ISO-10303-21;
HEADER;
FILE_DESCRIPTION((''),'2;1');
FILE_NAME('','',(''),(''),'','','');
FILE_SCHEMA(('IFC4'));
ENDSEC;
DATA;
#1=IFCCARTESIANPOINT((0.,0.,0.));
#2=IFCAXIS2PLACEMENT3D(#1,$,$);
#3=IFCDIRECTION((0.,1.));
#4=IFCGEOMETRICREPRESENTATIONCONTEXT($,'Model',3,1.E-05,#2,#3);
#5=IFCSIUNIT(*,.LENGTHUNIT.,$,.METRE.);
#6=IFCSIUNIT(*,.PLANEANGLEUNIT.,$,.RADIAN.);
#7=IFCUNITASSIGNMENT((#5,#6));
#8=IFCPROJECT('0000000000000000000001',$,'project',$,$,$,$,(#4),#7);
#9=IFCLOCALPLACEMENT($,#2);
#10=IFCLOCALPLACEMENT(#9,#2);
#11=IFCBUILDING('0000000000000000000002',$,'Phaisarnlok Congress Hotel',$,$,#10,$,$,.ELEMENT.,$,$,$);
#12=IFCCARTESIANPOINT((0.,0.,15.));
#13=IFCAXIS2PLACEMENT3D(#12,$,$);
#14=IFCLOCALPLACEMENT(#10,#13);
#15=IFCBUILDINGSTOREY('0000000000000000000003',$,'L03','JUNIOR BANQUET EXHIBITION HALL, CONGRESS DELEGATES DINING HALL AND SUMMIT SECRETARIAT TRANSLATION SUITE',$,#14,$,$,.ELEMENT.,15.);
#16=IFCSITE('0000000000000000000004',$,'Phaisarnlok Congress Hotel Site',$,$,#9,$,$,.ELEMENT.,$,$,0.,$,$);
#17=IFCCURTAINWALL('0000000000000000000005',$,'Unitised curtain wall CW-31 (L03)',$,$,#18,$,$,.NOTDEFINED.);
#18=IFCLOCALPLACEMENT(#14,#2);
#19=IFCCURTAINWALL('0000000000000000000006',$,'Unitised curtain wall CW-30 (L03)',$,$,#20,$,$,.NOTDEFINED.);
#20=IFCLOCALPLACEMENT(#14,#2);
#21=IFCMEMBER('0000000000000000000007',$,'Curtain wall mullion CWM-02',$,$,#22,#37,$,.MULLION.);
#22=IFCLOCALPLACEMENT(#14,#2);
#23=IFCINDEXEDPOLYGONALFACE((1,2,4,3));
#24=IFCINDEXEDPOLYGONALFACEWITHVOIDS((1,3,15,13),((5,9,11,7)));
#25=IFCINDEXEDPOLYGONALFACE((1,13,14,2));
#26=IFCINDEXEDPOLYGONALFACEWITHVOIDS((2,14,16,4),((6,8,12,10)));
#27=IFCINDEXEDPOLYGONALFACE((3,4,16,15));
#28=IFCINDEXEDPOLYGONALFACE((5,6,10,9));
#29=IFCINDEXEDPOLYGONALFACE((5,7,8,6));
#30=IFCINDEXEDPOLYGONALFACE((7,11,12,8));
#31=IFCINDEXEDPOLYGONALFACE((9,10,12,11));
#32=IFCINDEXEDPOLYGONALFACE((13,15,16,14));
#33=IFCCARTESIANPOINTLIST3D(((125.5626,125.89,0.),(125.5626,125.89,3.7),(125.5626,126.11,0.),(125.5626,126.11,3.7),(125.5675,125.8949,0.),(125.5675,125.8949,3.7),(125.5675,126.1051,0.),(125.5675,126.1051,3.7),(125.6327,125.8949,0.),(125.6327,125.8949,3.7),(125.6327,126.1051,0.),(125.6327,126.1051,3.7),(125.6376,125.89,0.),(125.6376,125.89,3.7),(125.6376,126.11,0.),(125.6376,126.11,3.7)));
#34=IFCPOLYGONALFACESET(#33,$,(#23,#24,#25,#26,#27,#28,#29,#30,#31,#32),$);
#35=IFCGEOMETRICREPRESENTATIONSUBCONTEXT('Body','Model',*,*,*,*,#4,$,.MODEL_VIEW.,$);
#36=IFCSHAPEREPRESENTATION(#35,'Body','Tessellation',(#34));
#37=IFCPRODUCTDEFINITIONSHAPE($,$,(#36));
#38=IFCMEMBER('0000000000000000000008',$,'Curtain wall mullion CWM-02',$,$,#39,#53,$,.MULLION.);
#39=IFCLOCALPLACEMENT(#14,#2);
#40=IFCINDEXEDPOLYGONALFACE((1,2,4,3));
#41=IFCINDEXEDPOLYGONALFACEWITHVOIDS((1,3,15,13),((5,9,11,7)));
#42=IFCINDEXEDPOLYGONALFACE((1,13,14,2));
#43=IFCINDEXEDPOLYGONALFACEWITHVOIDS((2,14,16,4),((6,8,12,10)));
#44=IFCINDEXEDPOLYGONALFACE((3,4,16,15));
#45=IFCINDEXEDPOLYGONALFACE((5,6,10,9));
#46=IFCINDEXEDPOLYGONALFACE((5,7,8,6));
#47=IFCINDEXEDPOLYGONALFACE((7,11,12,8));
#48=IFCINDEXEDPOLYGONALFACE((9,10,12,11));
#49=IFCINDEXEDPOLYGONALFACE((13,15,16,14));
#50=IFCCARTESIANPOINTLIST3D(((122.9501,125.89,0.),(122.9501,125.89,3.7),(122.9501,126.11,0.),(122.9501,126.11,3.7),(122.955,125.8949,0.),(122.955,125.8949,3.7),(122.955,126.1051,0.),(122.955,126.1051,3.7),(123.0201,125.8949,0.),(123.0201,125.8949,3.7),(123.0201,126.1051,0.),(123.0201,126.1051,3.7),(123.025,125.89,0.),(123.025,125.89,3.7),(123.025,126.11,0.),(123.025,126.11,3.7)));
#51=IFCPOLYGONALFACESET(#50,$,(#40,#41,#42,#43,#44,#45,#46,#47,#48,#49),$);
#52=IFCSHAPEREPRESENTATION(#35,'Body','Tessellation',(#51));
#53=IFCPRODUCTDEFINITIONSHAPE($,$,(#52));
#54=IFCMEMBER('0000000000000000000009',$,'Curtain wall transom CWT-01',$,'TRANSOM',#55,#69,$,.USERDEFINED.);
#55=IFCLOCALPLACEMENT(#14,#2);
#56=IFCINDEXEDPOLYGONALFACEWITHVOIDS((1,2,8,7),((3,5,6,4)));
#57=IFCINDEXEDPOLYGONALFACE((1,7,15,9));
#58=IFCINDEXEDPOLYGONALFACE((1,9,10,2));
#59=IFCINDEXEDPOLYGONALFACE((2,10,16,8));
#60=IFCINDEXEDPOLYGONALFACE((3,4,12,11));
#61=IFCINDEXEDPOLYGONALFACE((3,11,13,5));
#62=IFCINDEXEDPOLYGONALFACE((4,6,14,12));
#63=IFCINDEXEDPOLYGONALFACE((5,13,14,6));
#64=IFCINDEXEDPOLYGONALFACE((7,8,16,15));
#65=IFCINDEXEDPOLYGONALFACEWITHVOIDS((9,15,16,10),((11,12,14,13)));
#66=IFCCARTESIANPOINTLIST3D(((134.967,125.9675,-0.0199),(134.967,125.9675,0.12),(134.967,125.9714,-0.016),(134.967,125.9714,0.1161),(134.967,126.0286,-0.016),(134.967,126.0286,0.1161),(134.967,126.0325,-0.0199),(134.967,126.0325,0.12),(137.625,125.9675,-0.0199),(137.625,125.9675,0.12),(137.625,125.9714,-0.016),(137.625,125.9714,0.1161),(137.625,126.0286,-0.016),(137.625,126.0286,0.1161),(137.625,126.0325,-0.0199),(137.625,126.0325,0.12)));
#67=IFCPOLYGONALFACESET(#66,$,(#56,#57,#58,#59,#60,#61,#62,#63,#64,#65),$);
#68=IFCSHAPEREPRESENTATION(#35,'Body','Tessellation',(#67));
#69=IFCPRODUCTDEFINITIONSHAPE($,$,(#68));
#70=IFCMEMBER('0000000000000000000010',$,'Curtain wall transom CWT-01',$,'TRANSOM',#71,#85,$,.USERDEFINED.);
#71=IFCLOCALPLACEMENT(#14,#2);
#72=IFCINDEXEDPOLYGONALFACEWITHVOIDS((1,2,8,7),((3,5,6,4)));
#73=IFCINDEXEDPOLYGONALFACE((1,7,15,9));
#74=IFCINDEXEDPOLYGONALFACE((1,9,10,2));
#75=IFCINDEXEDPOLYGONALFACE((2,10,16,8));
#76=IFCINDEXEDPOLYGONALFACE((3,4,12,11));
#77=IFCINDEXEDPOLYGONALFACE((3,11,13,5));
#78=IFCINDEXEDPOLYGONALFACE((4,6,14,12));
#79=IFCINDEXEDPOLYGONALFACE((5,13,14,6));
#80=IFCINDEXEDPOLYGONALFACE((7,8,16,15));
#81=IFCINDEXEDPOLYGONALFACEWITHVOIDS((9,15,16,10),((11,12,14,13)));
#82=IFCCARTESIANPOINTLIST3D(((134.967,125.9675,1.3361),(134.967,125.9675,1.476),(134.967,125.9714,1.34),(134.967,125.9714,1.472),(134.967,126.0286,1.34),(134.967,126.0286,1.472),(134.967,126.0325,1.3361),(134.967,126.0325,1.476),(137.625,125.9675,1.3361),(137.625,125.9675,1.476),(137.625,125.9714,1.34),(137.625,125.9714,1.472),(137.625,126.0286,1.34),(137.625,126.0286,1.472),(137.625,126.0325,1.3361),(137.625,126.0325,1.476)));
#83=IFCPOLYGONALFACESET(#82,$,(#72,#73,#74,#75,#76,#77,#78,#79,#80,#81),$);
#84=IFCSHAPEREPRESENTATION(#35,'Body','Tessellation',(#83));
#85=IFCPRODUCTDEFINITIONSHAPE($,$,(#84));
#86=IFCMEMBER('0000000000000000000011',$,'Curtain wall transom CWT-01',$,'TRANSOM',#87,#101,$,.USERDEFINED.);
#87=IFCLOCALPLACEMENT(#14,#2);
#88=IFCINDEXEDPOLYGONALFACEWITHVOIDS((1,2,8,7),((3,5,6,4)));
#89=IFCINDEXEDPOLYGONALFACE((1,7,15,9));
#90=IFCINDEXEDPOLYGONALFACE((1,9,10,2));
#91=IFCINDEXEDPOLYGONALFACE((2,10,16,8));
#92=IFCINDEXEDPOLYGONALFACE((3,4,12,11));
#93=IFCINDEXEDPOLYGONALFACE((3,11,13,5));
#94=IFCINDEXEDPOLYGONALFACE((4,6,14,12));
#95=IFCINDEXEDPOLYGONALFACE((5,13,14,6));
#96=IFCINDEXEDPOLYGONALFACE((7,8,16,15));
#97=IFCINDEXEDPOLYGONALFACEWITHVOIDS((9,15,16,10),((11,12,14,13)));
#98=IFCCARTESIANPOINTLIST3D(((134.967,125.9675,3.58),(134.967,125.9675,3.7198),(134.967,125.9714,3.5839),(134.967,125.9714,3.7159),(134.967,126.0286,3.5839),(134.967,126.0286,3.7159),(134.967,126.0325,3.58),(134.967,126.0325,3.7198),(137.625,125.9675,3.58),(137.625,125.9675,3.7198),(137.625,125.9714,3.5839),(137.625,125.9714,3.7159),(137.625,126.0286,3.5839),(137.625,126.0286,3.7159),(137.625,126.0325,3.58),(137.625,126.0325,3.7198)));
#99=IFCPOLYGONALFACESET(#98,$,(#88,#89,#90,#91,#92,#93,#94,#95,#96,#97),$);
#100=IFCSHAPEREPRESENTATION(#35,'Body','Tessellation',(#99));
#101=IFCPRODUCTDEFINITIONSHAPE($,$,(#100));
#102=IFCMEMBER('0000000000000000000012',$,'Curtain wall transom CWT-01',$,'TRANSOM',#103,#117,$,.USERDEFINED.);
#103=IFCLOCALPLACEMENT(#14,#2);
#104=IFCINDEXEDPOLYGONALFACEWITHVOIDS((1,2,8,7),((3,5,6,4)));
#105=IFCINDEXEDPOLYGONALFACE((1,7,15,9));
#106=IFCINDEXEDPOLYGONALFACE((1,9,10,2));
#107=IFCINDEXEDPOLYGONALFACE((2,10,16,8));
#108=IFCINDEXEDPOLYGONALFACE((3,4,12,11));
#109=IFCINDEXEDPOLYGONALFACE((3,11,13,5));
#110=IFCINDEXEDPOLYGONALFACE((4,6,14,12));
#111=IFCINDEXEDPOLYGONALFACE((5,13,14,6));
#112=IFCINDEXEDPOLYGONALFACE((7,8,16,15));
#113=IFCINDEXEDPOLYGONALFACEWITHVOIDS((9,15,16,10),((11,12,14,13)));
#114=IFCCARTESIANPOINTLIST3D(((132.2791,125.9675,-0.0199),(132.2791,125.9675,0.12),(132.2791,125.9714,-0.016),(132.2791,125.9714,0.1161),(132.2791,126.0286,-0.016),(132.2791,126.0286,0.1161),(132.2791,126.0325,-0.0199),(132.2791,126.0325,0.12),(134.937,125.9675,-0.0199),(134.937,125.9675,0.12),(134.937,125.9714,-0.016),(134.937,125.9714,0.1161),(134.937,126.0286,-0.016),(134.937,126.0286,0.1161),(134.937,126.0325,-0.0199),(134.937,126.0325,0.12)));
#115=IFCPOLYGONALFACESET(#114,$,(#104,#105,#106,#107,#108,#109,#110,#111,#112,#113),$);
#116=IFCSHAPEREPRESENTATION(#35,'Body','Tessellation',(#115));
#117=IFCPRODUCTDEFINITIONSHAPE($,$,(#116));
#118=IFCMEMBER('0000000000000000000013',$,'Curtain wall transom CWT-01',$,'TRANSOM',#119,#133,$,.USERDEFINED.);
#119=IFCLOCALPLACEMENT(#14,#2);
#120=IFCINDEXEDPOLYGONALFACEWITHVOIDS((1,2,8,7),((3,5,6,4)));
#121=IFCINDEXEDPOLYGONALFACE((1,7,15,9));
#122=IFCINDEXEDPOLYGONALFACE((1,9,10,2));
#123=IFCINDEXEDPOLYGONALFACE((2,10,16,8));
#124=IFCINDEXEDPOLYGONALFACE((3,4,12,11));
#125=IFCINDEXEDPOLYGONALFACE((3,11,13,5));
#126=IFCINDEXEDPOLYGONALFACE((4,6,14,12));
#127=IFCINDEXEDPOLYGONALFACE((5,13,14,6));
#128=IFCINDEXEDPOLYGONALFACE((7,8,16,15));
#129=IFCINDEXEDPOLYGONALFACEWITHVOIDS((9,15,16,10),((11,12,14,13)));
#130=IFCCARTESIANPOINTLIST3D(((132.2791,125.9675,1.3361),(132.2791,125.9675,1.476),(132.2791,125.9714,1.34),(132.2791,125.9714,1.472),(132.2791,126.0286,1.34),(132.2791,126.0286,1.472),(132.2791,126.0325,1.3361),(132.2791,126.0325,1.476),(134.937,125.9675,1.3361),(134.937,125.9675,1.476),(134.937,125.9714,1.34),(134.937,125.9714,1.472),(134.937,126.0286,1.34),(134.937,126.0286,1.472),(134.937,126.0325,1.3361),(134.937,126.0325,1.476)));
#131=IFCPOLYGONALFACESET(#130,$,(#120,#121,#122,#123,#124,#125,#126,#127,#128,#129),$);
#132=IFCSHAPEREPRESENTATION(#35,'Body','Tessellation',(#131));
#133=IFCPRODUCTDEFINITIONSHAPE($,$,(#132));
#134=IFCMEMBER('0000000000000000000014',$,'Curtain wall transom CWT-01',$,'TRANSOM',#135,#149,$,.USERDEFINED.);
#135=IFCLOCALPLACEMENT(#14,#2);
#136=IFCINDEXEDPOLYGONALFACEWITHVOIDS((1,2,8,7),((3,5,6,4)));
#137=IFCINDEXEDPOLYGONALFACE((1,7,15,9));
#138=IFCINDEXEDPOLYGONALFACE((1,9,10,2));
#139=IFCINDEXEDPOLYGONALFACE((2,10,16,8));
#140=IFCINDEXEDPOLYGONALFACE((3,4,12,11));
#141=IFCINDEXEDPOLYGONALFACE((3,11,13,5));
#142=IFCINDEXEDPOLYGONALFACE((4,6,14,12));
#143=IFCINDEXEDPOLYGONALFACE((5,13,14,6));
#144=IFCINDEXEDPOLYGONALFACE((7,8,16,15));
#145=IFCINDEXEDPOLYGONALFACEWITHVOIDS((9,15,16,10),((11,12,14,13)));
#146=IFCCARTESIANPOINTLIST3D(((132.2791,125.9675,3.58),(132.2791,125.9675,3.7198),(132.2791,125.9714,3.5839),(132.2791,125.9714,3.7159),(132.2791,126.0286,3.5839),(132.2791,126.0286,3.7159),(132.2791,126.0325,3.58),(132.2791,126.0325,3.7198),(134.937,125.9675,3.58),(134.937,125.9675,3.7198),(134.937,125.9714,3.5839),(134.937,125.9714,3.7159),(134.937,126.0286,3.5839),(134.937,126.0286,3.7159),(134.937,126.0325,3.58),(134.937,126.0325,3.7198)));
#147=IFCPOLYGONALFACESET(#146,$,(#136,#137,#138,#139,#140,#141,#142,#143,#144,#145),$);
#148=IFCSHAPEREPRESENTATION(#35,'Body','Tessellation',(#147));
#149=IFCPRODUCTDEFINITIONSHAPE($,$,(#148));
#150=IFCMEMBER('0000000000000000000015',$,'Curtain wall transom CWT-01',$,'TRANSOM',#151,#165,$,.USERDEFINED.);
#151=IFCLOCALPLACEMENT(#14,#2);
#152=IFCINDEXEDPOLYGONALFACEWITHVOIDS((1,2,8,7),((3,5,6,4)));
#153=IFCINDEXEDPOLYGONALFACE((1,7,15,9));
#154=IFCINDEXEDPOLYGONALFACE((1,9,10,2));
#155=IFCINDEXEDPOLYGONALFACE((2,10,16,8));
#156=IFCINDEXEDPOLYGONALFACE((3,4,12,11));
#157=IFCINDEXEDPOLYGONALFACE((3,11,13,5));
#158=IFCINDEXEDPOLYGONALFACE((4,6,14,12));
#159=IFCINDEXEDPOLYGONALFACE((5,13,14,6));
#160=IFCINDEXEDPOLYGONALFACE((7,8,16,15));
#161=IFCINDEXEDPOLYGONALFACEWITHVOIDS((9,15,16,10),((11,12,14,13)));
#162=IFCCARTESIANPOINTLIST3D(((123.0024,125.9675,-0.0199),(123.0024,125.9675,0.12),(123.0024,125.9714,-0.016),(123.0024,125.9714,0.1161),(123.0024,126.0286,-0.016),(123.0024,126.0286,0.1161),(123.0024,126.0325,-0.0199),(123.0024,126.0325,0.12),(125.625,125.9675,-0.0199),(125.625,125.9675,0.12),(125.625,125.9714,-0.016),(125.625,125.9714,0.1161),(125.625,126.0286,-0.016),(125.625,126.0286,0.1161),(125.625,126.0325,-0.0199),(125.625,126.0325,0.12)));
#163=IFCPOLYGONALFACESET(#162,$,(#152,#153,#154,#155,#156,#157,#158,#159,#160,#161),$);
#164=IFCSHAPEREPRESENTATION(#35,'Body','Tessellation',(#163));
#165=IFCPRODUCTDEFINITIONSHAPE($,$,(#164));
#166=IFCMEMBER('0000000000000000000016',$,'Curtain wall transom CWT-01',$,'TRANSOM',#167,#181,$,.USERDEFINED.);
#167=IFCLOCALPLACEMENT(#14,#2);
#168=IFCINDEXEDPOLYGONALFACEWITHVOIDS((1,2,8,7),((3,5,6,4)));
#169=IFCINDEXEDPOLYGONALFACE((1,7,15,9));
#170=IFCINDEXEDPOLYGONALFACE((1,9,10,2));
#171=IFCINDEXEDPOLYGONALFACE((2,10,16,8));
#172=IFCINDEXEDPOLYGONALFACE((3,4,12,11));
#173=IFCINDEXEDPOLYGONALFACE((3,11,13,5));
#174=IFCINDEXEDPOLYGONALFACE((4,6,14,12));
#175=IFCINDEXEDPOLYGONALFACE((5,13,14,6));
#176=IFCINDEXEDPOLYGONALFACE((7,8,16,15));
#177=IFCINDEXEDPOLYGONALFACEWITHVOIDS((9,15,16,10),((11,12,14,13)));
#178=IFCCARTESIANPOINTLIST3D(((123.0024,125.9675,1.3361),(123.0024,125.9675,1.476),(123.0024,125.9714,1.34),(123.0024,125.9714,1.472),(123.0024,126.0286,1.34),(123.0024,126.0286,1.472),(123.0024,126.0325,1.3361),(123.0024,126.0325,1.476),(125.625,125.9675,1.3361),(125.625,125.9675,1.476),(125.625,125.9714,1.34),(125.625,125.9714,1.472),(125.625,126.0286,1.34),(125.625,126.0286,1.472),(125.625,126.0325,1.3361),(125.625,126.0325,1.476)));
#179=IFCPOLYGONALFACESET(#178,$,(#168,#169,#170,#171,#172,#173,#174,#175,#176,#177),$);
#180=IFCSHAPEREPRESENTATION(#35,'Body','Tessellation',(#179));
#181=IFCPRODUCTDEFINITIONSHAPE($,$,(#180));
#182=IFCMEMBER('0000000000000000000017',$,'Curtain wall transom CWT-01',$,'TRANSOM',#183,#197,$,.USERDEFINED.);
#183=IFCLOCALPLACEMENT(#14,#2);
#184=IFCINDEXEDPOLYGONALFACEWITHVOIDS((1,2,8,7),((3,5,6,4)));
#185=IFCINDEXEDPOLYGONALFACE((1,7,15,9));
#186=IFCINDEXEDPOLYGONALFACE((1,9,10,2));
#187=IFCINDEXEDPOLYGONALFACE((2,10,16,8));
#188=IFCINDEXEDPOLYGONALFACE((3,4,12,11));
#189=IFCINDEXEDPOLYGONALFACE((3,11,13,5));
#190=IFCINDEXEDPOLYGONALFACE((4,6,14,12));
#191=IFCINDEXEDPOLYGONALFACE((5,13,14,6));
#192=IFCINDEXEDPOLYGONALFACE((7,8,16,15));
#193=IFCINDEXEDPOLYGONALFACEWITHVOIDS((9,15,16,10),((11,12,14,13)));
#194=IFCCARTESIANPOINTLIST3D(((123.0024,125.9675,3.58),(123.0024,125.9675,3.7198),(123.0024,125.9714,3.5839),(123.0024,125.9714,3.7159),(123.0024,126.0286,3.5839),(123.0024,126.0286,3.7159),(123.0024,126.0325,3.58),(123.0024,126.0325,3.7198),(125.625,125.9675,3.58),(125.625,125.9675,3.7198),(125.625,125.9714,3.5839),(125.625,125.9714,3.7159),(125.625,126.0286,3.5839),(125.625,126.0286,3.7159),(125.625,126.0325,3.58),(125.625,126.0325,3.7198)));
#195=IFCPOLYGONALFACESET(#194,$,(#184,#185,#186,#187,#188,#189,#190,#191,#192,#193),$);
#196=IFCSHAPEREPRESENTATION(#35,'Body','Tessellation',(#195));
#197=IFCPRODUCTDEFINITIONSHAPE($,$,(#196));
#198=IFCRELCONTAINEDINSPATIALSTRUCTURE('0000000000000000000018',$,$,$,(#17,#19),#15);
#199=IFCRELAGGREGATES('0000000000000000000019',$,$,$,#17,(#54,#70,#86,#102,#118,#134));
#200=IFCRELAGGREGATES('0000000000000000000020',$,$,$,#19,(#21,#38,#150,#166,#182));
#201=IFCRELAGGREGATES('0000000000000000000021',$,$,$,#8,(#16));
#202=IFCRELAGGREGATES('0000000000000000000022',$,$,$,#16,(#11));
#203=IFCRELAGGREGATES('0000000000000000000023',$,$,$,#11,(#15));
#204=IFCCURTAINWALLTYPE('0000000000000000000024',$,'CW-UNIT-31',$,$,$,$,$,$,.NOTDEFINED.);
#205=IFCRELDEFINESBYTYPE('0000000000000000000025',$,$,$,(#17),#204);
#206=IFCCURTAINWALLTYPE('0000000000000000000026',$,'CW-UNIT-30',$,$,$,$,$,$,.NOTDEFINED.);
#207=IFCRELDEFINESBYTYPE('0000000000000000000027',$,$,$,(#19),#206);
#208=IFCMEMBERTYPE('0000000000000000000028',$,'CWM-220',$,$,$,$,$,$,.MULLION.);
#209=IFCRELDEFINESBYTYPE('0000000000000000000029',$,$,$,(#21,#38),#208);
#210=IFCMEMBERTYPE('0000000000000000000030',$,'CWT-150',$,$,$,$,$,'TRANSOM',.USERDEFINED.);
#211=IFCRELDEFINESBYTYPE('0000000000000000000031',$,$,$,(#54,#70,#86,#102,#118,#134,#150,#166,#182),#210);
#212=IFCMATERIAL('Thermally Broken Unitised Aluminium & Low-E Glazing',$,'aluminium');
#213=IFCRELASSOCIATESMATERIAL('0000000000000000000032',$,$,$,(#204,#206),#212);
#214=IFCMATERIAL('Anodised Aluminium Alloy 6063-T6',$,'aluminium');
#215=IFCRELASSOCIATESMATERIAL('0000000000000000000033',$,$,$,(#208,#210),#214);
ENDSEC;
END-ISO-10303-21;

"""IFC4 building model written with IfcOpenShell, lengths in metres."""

from ifc_helpers import new_model, si_unit, direction, frame, origin, origin_2d, place, context, subcontext, project, spatial, hollow_rectangle, extrude, material, material_profile, profile_set, type_object, element, aggregate, save


model = new_model("IFC4")

# Units and contexts
model_context = context("Model", 3, precision=1e-05, world=origin(), true_north=direction((0.0, 1.0)))
body_context = subcontext(model_context, "Body", "Model", "MODEL_VIEW")
ifc_project = project(units=[si_unit("LENGTHUNIT", "METRE"), si_unit("PLANEANGLEUNIT", "RADIAN")], contexts=[model_context])

# Site, building, storey
site_placement = place(None, origin())
site = spatial("IfcSite", under=ifc_project, at=site_placement, Name="Phaisarnlok Congress Hotel Site", CompositionType="ELEMENT", RefElevation=0.0)
building_placement = place(site_placement, origin())
building = spatial("IfcBuilding", under=site, at=building_placement, Name="Phaisarnlok Congress Hotel", CompositionType="ELEMENT")
storey_placement = place(building_placement, frame((0.0, 0.0, 15.0)))
storey = spatial("IfcBuildingStorey", under=building, at=storey_placement, Name="L03", Description="JUNIOR BANQUET EXHIBITION HALL, CONGRESS DELEGATES DINING HALL AND SUMMIT SECRETARIAT TRANSLATION SUITE", CompositionType="ELEMENT", Elevation=15.0)

# Curtain walls, members
ifc_material_1 = material(Name="Thermally Broken Unitised Aluminium & Low-E Glazing", Category="aluminium")
curtain_wall_type_1 = type_object("IfcCurtainWallType", Name="CW-UNIT-31", PredefinedType="NOTDEFINED", material=ifc_material_1)
curtain_wall_1_placement = place(storey_placement, origin())
curtain_wall_1 = element("IfcCurtainWall", 1, at=curtain_wall_1_placement, inside=storey, type_object=curtain_wall_type_1, Name="Unitised curtain wall CW-31 (L03)", PredefinedType="NOTDEFINED")
ifc_material_2 = material(Name="Anodised Aluminium Alloy 6063-T6", Category="aluminium")
ifc_material_profile_1 = material_profile(ifc_material_2, hollow_rectangle(XDim=0.075, YDim=0.22, WallThickness=0.0049, at=origin_2d()), Name="ALU-M 75x220x5")
ifc_profile_set_1 = profile_set([ifc_material_profile_1], Name="Anodised Aluminium Alloy 6063-T6")
member_type_1 = type_object("IfcMemberType", Name="CWM-220", PredefinedType="MULLION", material=ifc_profile_set_1)
curtain_wall_type_2 = type_object("IfcCurtainWallType", Name="CW-UNIT-30", PredefinedType="NOTDEFINED", material=ifc_material_1)
curtain_wall_2_placement = place(storey_placement, origin())
curtain_wall_2 = element("IfcCurtainWall", 2, at=curtain_wall_2_placement, inside=storey, type_object=curtain_wall_type_2, Name="Unitised curtain wall CW-30 (L03)", PredefinedType="NOTDEFINED")
member_1_placement = place(storey_placement, frame((125.6001, 126.0, 0.0), z_axis=(0.0, 0.0, 1.0), x_axis=(-1.0, 0.0, 0.0)))
member_1 = element("IfcMember", 3, at=member_1_placement, type_object=member_type_1, Name="Curtain wall mullion CWM-02", PredefinedType="MULLION", context=body_context, shape_type="SweptSolid", body=[
    extrude(hollow_rectangle(XDim=0.075, YDim=0.22, WallThickness=0.0049, at=origin_2d()), origin(), (0.0, 0.0, 1.0), 3.7),
])
member_2_placement = place(storey_placement, frame((122.9875, 126.0, 0.0), z_axis=(0.0, 0.0, 1.0), x_axis=(-1.0, 0.0, 0.0)))
member_2 = element("IfcMember", 4, at=member_2_placement, type_object=member_type_1, Name="Curtain wall mullion CWM-02", PredefinedType="MULLION", context=body_context, shape_type="SweptSolid", body=[
    extrude(hollow_rectangle(XDim=0.075, YDim=0.22, WallThickness=0.0049, at=origin_2d()), origin(), (0.0, 0.0, 1.0), 3.7),
])

# Members
ifc_material_profile_2 = material_profile(ifc_material_2, hollow_rectangle(XDim=0.0649, YDim=0.1399, WallThickness=0.0039, at=origin_2d()), Name="ALU-T 65x140x4")
ifc_profile_set_2 = profile_set([ifc_material_profile_2], Name="Anodised Aluminium Alloy 6063-T6")
member_type_2 = type_object("IfcMemberType", Name="CWT-150", ElementType="TRANSOM", PredefinedType="USERDEFINED", material=ifc_profile_set_2)
member_3_placement = place(storey_placement, frame((137.625, 126.0, 0.05), z_axis=(-1.0, 0.0, 0.0), x_axis=(0.0, -1.0, 0.0)))
member_3 = element("IfcMember", 5, at=member_3_placement, type_object=member_type_2, Name="Curtain wall transom CWT-01", ObjectType="TRANSOM", PredefinedType="USERDEFINED", context=body_context, shape_type="SweptSolid", body=[
    extrude(hollow_rectangle(XDim=0.0649, YDim=0.1399, WallThickness=0.0039, at=origin_2d()), origin(), (0.0, 0.0, 1.0), 2.658),
])
member_4_placement = place(storey_placement, frame((137.625, 126.0, 1.406), z_axis=(-1.0, 0.0, 0.0), x_axis=(0.0, -1.0, 0.0)))
member_4 = element("IfcMember", 6, at=member_4_placement, type_object=member_type_2, Name="Curtain wall transom CWT-01", ObjectType="TRANSOM", PredefinedType="USERDEFINED", context=body_context, shape_type="SweptSolid", body=[
    extrude(hollow_rectangle(XDim=0.0649, YDim=0.1399, WallThickness=0.0039, at=origin_2d()), origin(), (0.0, 0.0, 1.0), 2.658),
])
member_5_placement = place(storey_placement, frame((137.625, 126.0, 3.6499), z_axis=(-1.0, 0.0, 0.0), x_axis=(0.0, -1.0, 0.0)))
member_5 = element("IfcMember", 7, at=member_5_placement, type_object=member_type_2, Name="Curtain wall transom CWT-01", ObjectType="TRANSOM", PredefinedType="USERDEFINED", context=body_context, shape_type="SweptSolid", body=[
    extrude(hollow_rectangle(XDim=0.0649, YDim=0.1399, WallThickness=0.0039, at=origin_2d()), origin(), (0.0, 0.0, 1.0), 2.658),
])
member_6_placement = place(storey_placement, frame((134.937, 126.0, 0.05), z_axis=(-1.0, 0.0, 0.0), x_axis=(0.0, -1.0, 0.0)))
member_6 = element("IfcMember", 8, at=member_6_placement, type_object=member_type_2, Name="Curtain wall transom CWT-01", ObjectType="TRANSOM", PredefinedType="USERDEFINED", context=body_context, shape_type="SweptSolid", body=[
    extrude(hollow_rectangle(XDim=0.0649, YDim=0.1399, WallThickness=0.0039, at=origin_2d()), origin(), (0.0, 0.0, 1.0), 2.658),
])
member_7_placement = place(storey_placement, frame((134.937, 126.0, 1.406), z_axis=(-1.0, 0.0, 0.0), x_axis=(0.0, -1.0, 0.0)))
member_7 = element("IfcMember", 9, at=member_7_placement, type_object=member_type_2, Name="Curtain wall transom CWT-01", ObjectType="TRANSOM", PredefinedType="USERDEFINED", context=body_context, shape_type="SweptSolid", body=[
    extrude(hollow_rectangle(XDim=0.0649, YDim=0.1399, WallThickness=0.0039, at=origin_2d()), origin(), (0.0, 0.0, 1.0), 2.658),
])
member_8_placement = place(storey_placement, frame((134.937, 126.0, 3.6499), z_axis=(-1.0, 0.0, 0.0), x_axis=(0.0, -1.0, 0.0)))
member_8 = element("IfcMember", 10, at=member_8_placement, type_object=member_type_2, Name="Curtain wall transom CWT-01", ObjectType="TRANSOM", PredefinedType="USERDEFINED", context=body_context, shape_type="SweptSolid", body=[
    extrude(hollow_rectangle(XDim=0.0649, YDim=0.1399, WallThickness=0.0039, at=origin_2d()), origin(), (0.0, 0.0, 1.0), 2.658),
])
member_9_placement = place(storey_placement, frame((125.625, 126.0, 0.05), z_axis=(-1.0, 0.0, 0.0), x_axis=(0.0, -1.0, 0.0)))
member_9 = element("IfcMember", 11, at=member_9_placement, type_object=member_type_2, Name="Curtain wall transom CWT-01", ObjectType="TRANSOM", PredefinedType="USERDEFINED", context=body_context, shape_type="SweptSolid", body=[
    extrude(hollow_rectangle(XDim=0.0649, YDim=0.1399, WallThickness=0.0039, at=origin_2d()), origin(), (0.0, 0.0, 1.0), 2.6226),
])
member_10_placement = place(storey_placement, frame((125.625, 126.0, 1.406), z_axis=(-1.0, 0.0, 0.0), x_axis=(0.0, -1.0, 0.0)))
member_10 = element("IfcMember", 12, at=member_10_placement, type_object=member_type_2, Name="Curtain wall transom CWT-01", ObjectType="TRANSOM", PredefinedType="USERDEFINED", context=body_context, shape_type="SweptSolid", body=[
    extrude(hollow_rectangle(XDim=0.0649, YDim=0.1399, WallThickness=0.0039, at=origin_2d()), origin(), (0.0, 0.0, 1.0), 2.6226),
])
member_11_placement = place(storey_placement, frame((125.625, 126.0, 3.6499), z_axis=(-1.0, 0.0, 0.0), x_axis=(0.0, -1.0, 0.0)))
member_11 = element("IfcMember", 13, at=member_11_placement, type_object=member_type_2, Name="Curtain wall transom CWT-01", ObjectType="TRANSOM", PredefinedType="USERDEFINED", context=body_context, shape_type="SweptSolid", body=[
    extrude(hollow_rectangle(XDim=0.0649, YDim=0.1399, WallThickness=0.0039, at=origin_2d()), origin(), (0.0, 0.0, 1.0), 2.6226),
])

aggregate(curtain_wall_1, [member_3, member_4, member_5, member_6, member_7, member_8])
aggregate(curtain_wall_2, [member_1, member_2, member_9, member_10, member_11])

save(model, "model.ifc")
